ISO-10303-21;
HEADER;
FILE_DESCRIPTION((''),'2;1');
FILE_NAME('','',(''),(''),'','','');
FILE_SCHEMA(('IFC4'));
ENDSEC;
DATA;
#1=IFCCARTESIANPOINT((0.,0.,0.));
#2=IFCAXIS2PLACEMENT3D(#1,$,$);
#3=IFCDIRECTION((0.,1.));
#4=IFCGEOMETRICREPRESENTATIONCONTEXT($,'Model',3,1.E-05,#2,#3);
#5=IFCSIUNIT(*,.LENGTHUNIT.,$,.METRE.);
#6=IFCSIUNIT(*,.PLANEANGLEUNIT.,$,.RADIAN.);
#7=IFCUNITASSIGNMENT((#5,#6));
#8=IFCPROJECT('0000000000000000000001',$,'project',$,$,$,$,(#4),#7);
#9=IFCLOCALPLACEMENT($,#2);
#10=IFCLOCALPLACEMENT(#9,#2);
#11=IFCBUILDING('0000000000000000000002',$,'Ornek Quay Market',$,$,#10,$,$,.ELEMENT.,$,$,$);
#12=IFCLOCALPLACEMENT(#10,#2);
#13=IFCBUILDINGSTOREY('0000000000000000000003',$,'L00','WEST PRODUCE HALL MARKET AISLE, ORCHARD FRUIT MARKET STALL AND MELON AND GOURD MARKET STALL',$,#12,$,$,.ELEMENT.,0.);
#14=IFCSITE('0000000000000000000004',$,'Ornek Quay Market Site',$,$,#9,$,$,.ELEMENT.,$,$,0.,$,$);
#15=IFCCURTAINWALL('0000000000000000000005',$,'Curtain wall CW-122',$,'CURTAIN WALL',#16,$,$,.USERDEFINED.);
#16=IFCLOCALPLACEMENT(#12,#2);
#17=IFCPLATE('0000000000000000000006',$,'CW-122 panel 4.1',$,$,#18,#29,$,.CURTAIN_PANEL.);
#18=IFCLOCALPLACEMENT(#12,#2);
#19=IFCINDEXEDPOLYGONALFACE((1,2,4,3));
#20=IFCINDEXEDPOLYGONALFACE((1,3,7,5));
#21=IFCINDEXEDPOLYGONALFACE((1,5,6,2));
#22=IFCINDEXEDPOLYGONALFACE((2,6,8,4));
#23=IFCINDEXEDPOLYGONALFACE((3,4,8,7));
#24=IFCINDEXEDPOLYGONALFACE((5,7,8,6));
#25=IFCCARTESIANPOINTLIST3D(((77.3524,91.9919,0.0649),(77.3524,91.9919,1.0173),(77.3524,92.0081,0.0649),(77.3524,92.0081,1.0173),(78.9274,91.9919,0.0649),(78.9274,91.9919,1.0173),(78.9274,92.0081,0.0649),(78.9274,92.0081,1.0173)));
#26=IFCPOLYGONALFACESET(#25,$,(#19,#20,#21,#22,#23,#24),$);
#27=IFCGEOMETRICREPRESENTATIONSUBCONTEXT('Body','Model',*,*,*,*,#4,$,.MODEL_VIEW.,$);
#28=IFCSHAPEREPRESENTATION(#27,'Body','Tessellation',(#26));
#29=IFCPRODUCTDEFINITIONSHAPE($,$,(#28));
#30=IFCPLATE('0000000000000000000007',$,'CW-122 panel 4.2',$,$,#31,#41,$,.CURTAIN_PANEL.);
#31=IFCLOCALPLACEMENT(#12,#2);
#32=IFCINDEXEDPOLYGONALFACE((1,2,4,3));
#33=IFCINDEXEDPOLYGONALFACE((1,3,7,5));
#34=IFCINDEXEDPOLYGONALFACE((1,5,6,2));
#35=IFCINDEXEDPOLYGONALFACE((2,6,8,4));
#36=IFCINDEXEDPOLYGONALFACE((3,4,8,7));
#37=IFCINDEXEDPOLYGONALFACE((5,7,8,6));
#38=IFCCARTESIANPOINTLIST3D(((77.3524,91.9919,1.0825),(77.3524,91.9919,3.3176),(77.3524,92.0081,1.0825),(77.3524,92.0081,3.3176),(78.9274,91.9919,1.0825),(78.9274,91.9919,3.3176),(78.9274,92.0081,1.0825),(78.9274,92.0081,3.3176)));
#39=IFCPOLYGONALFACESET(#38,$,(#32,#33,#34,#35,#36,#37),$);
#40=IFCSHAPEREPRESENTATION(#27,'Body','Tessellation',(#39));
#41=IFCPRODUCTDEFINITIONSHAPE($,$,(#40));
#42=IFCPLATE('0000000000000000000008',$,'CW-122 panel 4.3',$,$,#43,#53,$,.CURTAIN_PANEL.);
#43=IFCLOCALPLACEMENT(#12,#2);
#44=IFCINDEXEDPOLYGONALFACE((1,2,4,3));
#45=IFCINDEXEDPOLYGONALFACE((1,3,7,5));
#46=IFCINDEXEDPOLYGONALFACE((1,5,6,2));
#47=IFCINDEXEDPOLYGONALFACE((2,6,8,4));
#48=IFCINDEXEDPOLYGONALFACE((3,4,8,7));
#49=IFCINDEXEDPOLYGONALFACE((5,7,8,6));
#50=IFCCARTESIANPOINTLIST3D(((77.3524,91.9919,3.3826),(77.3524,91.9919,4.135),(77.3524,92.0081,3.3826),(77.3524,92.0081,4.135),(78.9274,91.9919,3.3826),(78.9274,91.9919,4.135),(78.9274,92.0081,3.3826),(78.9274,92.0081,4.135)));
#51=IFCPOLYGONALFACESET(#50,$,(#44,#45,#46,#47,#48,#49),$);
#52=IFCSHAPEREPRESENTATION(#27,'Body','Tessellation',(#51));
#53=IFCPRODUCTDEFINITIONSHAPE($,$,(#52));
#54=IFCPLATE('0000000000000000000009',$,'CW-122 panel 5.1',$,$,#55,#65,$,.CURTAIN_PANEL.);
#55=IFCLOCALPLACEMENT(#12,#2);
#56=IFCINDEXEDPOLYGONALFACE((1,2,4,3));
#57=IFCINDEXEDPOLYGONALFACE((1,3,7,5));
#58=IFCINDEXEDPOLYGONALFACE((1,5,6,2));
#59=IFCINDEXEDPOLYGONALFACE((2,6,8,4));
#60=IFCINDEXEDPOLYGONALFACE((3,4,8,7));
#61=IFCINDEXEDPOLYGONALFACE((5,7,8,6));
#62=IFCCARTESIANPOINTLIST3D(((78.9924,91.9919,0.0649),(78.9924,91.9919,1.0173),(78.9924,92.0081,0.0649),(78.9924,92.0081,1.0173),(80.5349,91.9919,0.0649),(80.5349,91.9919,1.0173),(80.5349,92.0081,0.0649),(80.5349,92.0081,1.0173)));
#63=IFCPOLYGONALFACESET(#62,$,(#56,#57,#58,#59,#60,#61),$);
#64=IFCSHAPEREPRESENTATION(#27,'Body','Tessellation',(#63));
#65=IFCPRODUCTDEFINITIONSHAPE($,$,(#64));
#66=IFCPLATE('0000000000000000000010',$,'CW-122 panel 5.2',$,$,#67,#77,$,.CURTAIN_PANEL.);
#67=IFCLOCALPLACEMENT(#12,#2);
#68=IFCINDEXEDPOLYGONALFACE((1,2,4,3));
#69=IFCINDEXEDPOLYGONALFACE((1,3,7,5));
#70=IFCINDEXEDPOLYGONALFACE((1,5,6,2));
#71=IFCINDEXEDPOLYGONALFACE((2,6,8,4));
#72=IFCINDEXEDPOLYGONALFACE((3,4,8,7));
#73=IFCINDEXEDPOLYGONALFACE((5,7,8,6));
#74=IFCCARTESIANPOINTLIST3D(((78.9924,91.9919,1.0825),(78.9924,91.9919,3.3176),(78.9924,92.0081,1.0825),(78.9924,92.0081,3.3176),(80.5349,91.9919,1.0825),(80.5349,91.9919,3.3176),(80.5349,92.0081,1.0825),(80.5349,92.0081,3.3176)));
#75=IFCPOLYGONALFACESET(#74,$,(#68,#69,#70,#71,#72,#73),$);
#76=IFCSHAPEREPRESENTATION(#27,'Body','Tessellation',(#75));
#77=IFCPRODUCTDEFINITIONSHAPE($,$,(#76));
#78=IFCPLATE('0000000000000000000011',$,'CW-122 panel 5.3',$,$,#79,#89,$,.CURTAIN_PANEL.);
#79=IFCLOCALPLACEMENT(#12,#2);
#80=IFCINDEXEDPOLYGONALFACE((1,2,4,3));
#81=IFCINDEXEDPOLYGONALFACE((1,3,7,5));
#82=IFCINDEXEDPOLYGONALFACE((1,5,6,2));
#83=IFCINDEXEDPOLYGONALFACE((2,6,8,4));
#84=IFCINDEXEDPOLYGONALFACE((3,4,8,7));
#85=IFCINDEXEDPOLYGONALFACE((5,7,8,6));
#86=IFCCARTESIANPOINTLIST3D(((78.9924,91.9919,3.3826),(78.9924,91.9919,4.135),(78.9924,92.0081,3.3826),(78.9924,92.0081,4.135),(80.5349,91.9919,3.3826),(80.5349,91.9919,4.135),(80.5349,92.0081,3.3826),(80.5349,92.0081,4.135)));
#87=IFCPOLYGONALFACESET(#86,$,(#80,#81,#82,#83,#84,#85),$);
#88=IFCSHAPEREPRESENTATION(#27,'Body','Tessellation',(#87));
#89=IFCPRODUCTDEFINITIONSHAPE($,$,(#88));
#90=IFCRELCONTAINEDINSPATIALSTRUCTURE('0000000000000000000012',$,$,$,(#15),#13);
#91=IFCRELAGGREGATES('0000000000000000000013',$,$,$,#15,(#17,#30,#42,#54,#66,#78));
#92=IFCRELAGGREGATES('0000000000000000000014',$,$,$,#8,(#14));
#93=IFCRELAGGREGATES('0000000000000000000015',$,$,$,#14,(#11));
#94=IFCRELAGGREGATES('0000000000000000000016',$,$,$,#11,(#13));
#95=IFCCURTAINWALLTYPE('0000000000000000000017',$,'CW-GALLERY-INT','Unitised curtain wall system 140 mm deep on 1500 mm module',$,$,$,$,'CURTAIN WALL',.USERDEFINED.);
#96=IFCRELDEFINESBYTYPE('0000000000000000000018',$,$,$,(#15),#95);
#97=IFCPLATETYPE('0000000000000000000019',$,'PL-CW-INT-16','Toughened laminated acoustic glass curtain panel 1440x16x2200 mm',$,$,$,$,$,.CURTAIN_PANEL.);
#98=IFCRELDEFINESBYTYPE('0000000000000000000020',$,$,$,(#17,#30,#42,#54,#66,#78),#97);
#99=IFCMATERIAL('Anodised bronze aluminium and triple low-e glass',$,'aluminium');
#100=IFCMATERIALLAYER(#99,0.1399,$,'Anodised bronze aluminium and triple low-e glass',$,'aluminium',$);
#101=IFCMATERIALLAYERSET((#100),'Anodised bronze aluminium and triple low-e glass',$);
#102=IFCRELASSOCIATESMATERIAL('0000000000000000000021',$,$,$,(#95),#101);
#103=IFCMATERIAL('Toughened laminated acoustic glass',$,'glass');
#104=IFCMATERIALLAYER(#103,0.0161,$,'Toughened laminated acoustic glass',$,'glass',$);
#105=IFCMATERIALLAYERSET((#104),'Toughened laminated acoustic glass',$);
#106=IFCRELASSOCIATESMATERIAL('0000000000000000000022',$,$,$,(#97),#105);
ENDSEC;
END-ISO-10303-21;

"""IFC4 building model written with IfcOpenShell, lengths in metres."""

from ifc_helpers import new_model, si_unit, direction, frame, origin, origin_2d, place, context, subcontext, project, spatial, rectangle, extrude, material, layer, layer_set, type_object, element, aggregate, save


model = new_model("IFC4")

# Units and contexts
model_context = context("Model", 3, precision=1e-05, world=origin(), true_north=direction((0.0, 1.0)))
body_context = subcontext(model_context, "Body", "Model", "MODEL_VIEW")
ifc_project = project(units=[si_unit("LENGTHUNIT", "METRE"), si_unit("PLANEANGLEUNIT", "RADIAN")], contexts=[model_context])

# Site, building, storey
site_placement = place(None, origin())
site = spatial("IfcSite", under=ifc_project, at=site_placement, Name="Ornek Quay Market Site", CompositionType="ELEMENT", RefElevation=0.0)
building_placement = place(site_placement, origin())
building = spatial("IfcBuilding", under=site, at=building_placement, Name="Ornek Quay Market", CompositionType="ELEMENT")
storey_placement = place(building_placement, origin())
storey = spatial("IfcBuildingStorey", under=building, at=storey_placement, Name="L00", Description="WEST PRODUCE HALL MARKET AISLE, ORCHARD FRUIT MARKET STALL AND MELON AND GOURD MARKET STALL", CompositionType="ELEMENT", Elevation=0.0)

# Curtain wall, plates
ifc_material_1 = material(Name="Anodised bronze aluminium and triple low-e glass", Category="aluminium")
ifc_layer_1 = layer(ifc_material_1, 0.1399, Name="Anodised bronze aluminium and triple low-e glass", Category="aluminium")
ifc_layer_set_1 = layer_set([ifc_layer_1], Name="Anodised bronze aluminium and triple low-e glass")
curtain_wall_type = type_object("IfcCurtainWallType", Name="CW-GALLERY-INT", Description="Unitised curtain wall system 140 mm deep on 1500 mm module", ElementType="CURTAIN WALL", PredefinedType="USERDEFINED", material=ifc_layer_set_1)
curtain_wall_placement = place(storey_placement, origin())
curtain_wall = element("IfcCurtainWall", 1, at=curtain_wall_placement, inside=storey, type_object=curtain_wall_type, Name="Curtain wall CW-122", ObjectType="CURTAIN WALL", PredefinedType="USERDEFINED")
ifc_material_2 = material(Name="Toughened laminated acoustic glass", Category="glass")
ifc_layer_2 = layer(ifc_material_2, 0.0161, Name="Toughened laminated acoustic glass", Category="glass")
ifc_layer_set_2 = layer_set([ifc_layer_2], Name="Toughened laminated acoustic glass")
plate_type = type_object("IfcPlateType", Name="PL-CW-INT-16", Description="Toughened laminated acoustic glass curtain panel 1440x16x2200 mm", PredefinedType="CURTAIN_PANEL", material=ifc_layer_set_2)
plate_1_placement = place(storey_placement, frame((78.1399, 92.0, 0.0649), z_axis=(0.0, 0.0, 1.0), x_axis=(1.0, 0.0, 0.0)))
plate_1 = element("IfcPlate", 2, at=plate_1_placement, type_object=plate_type, Name="CW-122 panel 4.1", PredefinedType="CURTAIN_PANEL", context=body_context, shape_type="SweptSolid", body=[
    extrude(rectangle(XDim=1.575, YDim=0.0161, at=origin_2d()), origin(), (0.0, 0.0, 1.0), 0.9524),
])
plate_2_placement = place(storey_placement, frame((78.1399, 92.0, 1.0825), z_axis=(0.0, 0.0, 1.0), x_axis=(1.0, 0.0, 0.0)))
plate_2 = element("IfcPlate", 3, at=plate_2_placement, type_object=plate_type, Name="CW-122 panel 4.2", PredefinedType="CURTAIN_PANEL", context=body_context, shape_type="SweptSolid", body=[
    extrude(rectangle(XDim=1.575, YDim=0.0161, at=origin_2d()), origin(), (0.0, 0.0, 1.0), 2.2351),
])
plate_3_placement = place(storey_placement, frame((78.1399, 92.0, 3.3826), z_axis=(0.0, 0.0, 1.0), x_axis=(1.0, 0.0, 0.0)))
plate_3 = element("IfcPlate", 4, at=plate_3_placement, type_object=plate_type, Name="CW-122 panel 4.3", PredefinedType="CURTAIN_PANEL", context=body_context, shape_type="SweptSolid", body=[
    extrude(rectangle(XDim=1.575, YDim=0.0161, at=origin_2d()), origin(), (0.0, 0.0, 1.0), 0.7524),
])
plate_4_placement = place(storey_placement, frame((79.7637, 92.0, 0.0649), z_axis=(0.0, 0.0, 1.0), x_axis=(1.0, 0.0, 0.0)))
plate_4 = element("IfcPlate", 5, at=plate_4_placement, type_object=plate_type, Name="CW-122 panel 5.1", PredefinedType="CURTAIN_PANEL", context=body_context, shape_type="SweptSolid", body=[
    extrude(rectangle(XDim=1.5425, YDim=0.0161, at=origin_2d()), origin(), (0.0, 0.0, 1.0), 0.9524),
])
plate_5_placement = place(storey_placement, frame((79.7637, 92.0, 1.0825), z_axis=(0.0, 0.0, 1.0), x_axis=(1.0, 0.0, 0.0)))
plate_5 = element("IfcPlate", 6, at=plate_5_placement, type_object=plate_type, Name="CW-122 panel 5.2", PredefinedType="CURTAIN_PANEL", context=body_context, shape_type="SweptSolid", body=[
    extrude(rectangle(XDim=1.5425, YDim=0.0161, at=origin_2d()), origin(), (0.0, 0.0, 1.0), 2.2351),
])
plate_6_placement = place(storey_placement, frame((79.7637, 92.0, 3.3826), z_axis=(0.0, 0.0, 1.0), x_axis=(1.0, 0.0, 0.0)))
plate_6 = element("IfcPlate", 7, at=plate_6_placement, type_object=plate_type, Name="CW-122 panel 5.3", PredefinedType="CURTAIN_PANEL", context=body_context, shape_type="SweptSolid", body=[
    extrude(rectangle(XDim=1.5425, YDim=0.0161, at=origin_2d()), origin(), (0.0, 0.0, 1.0), 0.7524),
])
aggregate(curtain_wall, [plate_1, plate_2, plate_3, plate_4, plate_5, plate_6])

save(model, "model.ifc")
